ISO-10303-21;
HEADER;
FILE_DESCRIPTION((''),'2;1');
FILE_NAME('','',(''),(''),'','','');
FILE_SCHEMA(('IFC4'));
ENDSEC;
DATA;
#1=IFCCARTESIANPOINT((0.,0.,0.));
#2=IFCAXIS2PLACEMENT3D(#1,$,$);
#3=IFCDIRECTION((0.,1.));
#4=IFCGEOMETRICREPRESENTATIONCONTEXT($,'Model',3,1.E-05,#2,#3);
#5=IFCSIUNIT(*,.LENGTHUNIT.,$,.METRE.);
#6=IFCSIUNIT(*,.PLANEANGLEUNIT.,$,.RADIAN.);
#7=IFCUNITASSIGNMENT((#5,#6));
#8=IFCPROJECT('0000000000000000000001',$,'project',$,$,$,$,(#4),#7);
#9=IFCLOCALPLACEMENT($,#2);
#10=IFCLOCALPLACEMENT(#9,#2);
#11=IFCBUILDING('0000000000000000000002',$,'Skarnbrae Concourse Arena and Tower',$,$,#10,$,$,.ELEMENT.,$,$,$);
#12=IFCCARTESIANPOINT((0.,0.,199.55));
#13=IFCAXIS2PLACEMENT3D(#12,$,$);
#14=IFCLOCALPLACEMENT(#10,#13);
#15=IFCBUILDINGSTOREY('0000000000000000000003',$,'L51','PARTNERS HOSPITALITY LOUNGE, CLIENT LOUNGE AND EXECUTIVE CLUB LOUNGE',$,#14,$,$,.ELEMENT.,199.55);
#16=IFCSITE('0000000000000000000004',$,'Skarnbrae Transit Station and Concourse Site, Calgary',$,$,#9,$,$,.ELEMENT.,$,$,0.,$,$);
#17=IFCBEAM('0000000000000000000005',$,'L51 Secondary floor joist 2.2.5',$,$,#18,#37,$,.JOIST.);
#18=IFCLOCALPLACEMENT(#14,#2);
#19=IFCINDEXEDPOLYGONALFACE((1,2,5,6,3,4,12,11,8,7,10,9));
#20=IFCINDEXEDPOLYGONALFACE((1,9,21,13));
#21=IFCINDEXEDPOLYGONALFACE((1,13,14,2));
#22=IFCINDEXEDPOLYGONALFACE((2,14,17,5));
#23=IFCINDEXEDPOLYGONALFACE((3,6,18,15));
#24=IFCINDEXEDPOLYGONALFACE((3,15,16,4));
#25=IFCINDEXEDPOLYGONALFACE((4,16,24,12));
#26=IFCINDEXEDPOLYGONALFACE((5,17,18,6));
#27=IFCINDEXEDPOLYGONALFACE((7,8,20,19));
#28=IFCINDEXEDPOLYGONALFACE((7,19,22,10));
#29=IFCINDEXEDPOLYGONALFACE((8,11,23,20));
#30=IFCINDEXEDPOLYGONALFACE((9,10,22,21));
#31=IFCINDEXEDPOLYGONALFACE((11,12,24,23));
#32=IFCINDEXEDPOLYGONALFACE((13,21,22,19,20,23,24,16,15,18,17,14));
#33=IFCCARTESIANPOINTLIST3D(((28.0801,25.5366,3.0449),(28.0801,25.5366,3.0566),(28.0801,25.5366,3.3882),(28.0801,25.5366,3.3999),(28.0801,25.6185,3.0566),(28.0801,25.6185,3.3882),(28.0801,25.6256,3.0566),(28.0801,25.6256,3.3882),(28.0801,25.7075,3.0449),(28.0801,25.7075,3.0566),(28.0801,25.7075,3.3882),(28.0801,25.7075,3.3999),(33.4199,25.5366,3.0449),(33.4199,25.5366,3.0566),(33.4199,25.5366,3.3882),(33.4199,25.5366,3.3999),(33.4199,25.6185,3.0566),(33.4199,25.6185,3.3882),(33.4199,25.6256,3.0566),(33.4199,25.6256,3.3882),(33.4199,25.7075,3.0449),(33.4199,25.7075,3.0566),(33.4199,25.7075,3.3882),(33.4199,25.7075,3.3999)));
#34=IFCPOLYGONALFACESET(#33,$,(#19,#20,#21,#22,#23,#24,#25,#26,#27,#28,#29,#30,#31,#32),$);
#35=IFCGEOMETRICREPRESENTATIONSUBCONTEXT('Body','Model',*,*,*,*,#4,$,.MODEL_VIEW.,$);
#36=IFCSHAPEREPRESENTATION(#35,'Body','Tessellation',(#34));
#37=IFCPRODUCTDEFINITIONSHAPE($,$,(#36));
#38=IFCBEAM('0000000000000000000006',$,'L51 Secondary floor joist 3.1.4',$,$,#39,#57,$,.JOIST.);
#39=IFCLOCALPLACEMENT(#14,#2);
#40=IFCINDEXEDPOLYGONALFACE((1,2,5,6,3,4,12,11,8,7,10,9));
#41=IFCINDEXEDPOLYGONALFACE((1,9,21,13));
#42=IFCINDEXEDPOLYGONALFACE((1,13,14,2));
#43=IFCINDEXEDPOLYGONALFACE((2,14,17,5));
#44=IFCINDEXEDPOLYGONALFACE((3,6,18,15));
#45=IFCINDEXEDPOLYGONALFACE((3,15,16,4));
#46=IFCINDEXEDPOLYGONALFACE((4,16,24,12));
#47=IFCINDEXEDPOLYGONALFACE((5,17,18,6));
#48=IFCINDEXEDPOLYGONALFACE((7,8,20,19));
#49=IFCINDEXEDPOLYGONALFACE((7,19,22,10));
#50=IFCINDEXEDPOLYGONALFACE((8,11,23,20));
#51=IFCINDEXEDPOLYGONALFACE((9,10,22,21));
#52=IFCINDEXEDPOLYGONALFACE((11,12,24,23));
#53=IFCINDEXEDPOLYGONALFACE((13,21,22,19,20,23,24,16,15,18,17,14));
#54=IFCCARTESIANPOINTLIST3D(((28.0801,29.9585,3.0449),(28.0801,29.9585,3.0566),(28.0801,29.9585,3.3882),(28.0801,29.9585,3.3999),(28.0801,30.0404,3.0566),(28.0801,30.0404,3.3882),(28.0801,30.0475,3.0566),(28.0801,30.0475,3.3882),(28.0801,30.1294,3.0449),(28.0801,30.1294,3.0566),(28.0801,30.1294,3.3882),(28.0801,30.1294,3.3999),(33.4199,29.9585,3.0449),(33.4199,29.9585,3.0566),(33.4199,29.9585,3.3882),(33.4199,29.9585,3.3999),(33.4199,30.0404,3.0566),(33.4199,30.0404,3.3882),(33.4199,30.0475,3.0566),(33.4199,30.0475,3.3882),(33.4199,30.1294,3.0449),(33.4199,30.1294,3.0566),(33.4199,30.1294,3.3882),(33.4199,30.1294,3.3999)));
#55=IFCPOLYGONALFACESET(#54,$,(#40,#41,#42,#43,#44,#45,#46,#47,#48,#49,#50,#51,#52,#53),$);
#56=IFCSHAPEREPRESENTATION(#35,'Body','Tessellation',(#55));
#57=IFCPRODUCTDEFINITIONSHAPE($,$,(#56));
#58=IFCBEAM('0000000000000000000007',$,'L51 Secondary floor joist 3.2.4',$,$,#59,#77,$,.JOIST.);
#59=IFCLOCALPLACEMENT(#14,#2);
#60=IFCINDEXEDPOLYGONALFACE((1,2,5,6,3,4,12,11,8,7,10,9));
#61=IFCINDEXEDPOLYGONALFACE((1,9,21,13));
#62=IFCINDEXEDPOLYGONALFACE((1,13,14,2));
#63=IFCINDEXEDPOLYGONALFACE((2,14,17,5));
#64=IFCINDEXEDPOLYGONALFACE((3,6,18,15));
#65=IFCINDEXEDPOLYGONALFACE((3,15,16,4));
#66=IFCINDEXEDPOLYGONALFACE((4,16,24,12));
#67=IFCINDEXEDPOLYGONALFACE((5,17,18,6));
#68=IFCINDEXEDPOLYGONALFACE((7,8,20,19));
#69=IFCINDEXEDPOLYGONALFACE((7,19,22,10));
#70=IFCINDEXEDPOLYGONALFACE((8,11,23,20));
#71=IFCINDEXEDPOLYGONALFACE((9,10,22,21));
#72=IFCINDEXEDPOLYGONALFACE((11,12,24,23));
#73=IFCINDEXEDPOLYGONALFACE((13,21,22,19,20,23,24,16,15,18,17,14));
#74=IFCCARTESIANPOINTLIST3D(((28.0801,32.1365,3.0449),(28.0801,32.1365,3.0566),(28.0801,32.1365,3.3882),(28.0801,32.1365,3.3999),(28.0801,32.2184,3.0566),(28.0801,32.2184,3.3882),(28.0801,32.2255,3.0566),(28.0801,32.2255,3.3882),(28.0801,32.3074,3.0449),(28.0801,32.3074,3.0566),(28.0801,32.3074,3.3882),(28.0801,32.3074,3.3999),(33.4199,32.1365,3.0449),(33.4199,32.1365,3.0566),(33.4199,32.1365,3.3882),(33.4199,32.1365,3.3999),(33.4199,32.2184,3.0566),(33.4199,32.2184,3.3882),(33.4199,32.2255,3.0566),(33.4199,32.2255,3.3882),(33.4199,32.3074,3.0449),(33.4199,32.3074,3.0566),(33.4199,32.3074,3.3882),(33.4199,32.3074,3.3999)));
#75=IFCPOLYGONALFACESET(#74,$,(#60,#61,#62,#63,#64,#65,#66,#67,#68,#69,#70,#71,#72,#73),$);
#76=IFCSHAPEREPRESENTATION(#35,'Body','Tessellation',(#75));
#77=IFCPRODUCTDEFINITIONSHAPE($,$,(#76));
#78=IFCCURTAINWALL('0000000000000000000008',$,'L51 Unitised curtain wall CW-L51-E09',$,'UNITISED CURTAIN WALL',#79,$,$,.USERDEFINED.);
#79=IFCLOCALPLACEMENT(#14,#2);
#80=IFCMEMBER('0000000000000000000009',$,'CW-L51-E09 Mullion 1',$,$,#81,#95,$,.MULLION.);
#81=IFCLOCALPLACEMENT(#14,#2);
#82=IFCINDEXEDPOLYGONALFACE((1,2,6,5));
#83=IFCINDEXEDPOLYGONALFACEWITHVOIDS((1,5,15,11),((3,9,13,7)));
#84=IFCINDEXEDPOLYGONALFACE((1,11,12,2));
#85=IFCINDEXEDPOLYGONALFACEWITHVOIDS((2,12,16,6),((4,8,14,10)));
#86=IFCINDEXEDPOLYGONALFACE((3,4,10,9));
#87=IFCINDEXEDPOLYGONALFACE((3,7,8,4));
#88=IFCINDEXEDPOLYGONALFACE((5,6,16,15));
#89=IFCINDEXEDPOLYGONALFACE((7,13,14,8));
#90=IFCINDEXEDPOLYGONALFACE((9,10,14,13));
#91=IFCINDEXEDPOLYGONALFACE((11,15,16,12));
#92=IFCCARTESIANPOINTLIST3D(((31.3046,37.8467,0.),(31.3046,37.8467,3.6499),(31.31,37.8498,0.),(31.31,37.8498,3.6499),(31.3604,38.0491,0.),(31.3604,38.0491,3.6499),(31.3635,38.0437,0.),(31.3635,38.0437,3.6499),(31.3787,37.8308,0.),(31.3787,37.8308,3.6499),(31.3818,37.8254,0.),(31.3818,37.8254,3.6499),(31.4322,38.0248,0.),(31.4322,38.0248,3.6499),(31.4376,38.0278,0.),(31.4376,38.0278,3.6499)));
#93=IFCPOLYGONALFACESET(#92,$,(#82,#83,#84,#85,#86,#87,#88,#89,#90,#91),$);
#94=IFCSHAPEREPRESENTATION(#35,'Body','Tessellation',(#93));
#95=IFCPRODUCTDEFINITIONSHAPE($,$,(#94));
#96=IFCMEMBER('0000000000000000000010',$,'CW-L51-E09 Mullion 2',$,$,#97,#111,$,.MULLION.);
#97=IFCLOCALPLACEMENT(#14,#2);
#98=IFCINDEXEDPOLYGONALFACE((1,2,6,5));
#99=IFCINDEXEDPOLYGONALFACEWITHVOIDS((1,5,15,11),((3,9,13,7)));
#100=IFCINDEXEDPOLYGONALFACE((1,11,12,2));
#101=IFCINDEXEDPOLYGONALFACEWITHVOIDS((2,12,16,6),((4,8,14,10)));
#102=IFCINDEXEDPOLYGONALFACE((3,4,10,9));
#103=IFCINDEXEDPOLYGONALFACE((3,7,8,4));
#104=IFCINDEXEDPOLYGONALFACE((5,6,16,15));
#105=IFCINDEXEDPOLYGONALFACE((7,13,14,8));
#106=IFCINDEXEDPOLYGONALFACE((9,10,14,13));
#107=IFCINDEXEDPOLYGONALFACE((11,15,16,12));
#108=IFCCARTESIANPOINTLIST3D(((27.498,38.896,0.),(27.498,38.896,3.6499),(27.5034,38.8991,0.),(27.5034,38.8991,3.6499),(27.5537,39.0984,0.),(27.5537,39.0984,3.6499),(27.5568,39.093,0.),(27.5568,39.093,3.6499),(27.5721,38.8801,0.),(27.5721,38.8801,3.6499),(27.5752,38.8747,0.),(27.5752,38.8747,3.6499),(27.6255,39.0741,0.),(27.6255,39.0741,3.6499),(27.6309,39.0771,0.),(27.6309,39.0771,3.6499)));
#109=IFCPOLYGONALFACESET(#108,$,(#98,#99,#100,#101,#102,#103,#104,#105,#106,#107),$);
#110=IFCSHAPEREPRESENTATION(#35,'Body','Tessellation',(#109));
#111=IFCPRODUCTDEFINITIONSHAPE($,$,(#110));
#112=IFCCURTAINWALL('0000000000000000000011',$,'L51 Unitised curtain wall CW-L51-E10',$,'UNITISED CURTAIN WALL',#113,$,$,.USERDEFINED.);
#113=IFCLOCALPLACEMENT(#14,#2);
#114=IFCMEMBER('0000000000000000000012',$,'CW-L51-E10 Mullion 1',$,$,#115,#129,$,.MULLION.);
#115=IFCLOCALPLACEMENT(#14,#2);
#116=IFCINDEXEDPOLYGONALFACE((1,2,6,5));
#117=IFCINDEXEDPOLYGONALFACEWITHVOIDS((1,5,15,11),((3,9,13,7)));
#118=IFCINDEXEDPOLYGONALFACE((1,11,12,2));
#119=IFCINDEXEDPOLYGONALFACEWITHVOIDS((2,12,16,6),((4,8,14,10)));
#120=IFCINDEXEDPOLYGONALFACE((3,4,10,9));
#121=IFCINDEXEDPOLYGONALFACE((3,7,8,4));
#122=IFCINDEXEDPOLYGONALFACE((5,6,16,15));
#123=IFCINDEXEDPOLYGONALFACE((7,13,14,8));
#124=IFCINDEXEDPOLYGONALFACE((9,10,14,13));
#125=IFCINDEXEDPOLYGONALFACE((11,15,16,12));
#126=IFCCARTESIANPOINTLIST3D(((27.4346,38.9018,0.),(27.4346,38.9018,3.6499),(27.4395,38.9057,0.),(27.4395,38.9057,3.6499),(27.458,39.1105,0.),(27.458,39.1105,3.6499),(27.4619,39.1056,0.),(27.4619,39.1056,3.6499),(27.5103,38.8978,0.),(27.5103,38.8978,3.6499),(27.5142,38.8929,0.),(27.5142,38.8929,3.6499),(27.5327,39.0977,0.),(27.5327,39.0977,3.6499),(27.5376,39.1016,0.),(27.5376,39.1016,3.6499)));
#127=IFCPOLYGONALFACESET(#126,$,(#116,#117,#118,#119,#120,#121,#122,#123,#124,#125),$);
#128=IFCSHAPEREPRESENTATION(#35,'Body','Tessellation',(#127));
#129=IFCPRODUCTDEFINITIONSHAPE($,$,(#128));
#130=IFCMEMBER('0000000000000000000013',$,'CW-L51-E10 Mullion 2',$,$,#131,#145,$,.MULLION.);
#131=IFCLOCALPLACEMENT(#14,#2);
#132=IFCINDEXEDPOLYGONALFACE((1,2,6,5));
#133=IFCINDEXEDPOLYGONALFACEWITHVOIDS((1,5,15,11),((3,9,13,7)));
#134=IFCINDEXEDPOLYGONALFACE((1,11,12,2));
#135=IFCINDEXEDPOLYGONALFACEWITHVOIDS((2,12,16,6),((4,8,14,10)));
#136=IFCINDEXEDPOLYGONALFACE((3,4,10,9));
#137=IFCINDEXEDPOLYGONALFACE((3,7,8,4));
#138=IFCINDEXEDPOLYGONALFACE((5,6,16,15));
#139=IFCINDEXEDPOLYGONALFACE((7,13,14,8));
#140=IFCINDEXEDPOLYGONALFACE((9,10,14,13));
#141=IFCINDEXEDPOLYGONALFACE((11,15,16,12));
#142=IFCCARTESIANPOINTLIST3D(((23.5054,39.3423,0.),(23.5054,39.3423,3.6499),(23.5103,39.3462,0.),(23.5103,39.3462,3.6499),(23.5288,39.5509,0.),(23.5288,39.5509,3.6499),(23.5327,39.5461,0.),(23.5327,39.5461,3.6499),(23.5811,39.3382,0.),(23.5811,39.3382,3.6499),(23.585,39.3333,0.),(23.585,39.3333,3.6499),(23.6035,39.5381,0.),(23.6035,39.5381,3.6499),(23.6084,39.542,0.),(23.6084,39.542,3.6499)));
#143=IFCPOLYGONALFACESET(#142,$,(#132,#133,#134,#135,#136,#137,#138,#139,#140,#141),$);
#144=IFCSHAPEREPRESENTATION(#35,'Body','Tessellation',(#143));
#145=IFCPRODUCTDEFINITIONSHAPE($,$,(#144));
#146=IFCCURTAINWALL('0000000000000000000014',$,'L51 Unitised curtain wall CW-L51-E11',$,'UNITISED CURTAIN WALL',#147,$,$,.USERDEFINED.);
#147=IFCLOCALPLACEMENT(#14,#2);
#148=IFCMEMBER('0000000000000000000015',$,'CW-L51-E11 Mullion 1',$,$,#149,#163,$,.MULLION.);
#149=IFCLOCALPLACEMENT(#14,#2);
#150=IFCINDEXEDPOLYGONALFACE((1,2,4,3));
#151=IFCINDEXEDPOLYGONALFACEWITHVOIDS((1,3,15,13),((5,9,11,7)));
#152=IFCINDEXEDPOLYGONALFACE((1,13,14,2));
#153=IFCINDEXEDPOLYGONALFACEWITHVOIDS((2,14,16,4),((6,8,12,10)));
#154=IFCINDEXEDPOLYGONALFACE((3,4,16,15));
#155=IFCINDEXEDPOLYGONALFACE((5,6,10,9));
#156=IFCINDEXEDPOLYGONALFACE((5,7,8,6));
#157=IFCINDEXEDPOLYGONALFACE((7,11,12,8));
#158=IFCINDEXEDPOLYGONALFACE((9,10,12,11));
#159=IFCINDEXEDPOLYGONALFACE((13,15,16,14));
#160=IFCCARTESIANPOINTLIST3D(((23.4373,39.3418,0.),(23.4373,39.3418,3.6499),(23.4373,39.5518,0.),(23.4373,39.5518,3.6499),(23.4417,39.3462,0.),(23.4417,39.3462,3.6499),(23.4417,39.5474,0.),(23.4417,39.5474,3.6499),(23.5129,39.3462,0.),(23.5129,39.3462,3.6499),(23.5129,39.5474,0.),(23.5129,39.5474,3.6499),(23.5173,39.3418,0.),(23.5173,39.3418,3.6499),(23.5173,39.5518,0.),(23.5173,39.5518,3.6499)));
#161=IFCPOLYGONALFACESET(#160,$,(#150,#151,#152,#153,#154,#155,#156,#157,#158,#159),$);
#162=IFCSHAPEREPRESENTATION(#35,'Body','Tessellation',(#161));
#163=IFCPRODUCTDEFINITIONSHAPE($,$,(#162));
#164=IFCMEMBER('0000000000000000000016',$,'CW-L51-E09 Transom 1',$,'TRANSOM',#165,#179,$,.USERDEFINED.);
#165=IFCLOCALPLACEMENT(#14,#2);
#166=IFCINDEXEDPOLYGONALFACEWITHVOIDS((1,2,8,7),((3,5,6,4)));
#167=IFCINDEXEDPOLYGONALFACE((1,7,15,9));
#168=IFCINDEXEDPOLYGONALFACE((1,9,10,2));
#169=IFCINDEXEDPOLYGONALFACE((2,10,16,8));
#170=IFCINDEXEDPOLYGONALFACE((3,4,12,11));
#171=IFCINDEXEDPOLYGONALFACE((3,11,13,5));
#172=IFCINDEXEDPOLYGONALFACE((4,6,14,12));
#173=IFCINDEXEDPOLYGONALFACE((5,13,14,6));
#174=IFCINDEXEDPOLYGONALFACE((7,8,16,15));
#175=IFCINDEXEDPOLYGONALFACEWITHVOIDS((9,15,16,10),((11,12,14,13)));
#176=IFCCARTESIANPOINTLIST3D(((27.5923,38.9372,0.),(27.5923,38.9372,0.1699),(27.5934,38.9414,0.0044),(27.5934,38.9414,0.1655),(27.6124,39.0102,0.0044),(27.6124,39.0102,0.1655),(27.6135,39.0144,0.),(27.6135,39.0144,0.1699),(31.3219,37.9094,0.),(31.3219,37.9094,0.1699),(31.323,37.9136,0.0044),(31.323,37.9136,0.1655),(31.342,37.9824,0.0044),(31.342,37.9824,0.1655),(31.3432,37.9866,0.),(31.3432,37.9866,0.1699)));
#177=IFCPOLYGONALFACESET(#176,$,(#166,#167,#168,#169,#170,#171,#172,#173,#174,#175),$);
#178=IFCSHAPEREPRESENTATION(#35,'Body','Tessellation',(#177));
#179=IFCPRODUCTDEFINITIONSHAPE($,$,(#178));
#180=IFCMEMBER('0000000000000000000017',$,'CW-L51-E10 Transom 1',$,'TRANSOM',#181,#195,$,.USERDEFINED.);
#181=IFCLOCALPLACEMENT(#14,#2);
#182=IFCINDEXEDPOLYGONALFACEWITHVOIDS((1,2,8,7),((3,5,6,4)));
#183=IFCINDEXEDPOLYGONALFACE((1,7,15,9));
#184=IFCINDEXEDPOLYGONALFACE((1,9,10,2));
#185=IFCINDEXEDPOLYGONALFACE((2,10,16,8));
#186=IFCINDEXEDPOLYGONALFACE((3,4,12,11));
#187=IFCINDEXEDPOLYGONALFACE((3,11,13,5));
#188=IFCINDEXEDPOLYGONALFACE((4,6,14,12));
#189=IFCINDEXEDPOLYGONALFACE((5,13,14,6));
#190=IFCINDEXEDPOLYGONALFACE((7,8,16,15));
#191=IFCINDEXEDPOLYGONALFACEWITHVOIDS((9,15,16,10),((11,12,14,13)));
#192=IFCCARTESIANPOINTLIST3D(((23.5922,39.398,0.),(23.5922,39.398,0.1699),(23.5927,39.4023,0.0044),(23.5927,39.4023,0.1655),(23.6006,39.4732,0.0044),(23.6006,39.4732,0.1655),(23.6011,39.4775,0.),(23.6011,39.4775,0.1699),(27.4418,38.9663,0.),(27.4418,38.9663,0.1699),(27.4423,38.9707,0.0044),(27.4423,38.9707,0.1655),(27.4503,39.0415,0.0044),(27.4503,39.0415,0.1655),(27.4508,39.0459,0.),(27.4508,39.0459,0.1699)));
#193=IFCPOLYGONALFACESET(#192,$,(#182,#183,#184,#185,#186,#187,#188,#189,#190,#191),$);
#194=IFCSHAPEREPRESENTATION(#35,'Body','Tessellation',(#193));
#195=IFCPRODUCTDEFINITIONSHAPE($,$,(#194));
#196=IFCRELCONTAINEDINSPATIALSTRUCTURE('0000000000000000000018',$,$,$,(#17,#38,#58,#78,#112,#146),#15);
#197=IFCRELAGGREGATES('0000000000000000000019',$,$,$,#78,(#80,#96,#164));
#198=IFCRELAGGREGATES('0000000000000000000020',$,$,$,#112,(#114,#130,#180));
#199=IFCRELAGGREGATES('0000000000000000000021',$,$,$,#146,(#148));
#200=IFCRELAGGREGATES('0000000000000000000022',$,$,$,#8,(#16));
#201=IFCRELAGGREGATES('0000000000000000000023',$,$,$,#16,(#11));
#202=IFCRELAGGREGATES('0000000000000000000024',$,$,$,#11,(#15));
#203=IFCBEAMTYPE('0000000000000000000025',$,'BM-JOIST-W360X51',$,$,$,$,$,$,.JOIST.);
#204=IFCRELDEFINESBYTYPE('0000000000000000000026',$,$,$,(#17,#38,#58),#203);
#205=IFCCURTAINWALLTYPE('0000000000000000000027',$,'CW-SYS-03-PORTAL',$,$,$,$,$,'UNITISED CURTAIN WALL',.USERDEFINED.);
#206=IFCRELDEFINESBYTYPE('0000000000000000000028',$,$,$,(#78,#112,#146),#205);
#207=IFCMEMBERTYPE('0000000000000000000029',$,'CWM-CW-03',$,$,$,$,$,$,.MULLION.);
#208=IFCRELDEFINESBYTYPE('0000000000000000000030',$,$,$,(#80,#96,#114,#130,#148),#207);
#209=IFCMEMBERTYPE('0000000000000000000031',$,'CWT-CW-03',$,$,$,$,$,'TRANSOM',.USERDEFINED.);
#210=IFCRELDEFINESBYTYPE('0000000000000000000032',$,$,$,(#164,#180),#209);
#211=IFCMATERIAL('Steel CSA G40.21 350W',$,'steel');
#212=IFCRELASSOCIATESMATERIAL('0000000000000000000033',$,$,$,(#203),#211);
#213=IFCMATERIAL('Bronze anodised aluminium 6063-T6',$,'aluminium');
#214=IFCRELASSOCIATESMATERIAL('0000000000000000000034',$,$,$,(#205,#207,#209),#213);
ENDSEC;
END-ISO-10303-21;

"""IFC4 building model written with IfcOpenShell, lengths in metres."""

from ifc_helpers import new_model, si_unit, direction, frame, origin, origin_2d, place, context, subcontext, project, spatial, hollow_rectangle, i_section, extrude, source, transform, mapped, material, material_profile, profile_set, type_object, element, aggregate, save


model = new_model("IFC4")

# Units and contexts
model_context = context("Model", 3, precision=1e-05, world=origin(), true_north=direction((0.0, 1.0)))
body_context = subcontext(model_context, "Body", "Model", "MODEL_VIEW")
ifc_project = project(units=[si_unit("LENGTHUNIT", "METRE"), si_unit("PLANEANGLEUNIT", "RADIAN")], contexts=[model_context])

# Site, building, storey
site_placement = place(None, origin())
site = spatial("IfcSite", under=ifc_project, at=site_placement, Name="Skarnbrae Transit Station and Concourse Site, Calgary", CompositionType="ELEMENT", RefElevation=0.0)
building_placement = place(site_placement, origin())
building = spatial("IfcBuilding", under=site, at=building_placement, Name="Skarnbrae Concourse Arena and Tower", CompositionType="ELEMENT")
storey_placement = place(building_placement, frame((0.0, 0.0, 199.55)))
storey = spatial("IfcBuildingStorey", under=building, at=storey_placement, Name="L51", Description="PARTNERS HOSPITALITY LOUNGE, CLIENT LOUNGE AND EXECUTIVE CLUB LOUNGE", CompositionType="ELEMENT", Elevation=199.55)

# Shared definitions
ifc_material_1 = material(Name="Steel CSA G40.21 350W", Category="steel")

# Beams
ifc_material_profile_1 = material_profile(ifc_material_1, i_section(OverallWidth=0.1709, OverallDepth=0.355, WebThickness=0.0071, FlangeThickness=0.0117, at=origin_2d()), Name="W360X51")
ifc_profile_set_1 = profile_set([ifc_material_profile_1], Name="Steel CSA G40.21 350W")
beam_type_1 = type_object("IfcBeamType", Name="BM-JOIST-W360X51", PredefinedType="JOIST", material=ifc_profile_set_1)
shared_shape_1 = source(origin(), body_context, "Body", "SweptSolid", [
    extrude(i_section(OverallWidth=0.1709, OverallDepth=0.355, WebThickness=0.0071, FlangeThickness=0.0117, at=origin_2d()), origin(), (0.0, 0.0, 1.0), 5.3398),
])
for number, where, z_axis, x_axis, name in (
    (1, (28.0801, 25.6221, 3.2224), (1.0, 0.0, 0.0), (0.0, 1.0, 0.0), "L51 Secondary floor joist 2.2.5"),
    (2, (28.0801, 30.0439, 3.2224), (1.0, 0.0, 0.0), (0.0, 1.0, 0.0), "L51 Secondary floor joist 3.1.4"),
    (3, (28.0801, 32.2219, 3.2224), (1.0, 0.0, 0.0), (0.0, 1.0, 0.0), "L51 Secondary floor joist 3.2.4"),
):
    element("IfcBeam", number, at=place(storey_placement, frame(where, z_axis=z_axis, x_axis=x_axis)), inside=storey, type_object=beam_type_1, Name=name, PredefinedType="JOIST", context=body_context, shape_type="MappedRepresentation", body=[
        mapped(shared_shape_1, transform((0.0, 0.0, 0.0))),
    ])

# Curtain walls, members
ifc_material_2 = material(Name="Bronze anodised aluminium 6063-T6", Category="aluminium")
curtain_wall_type = type_object("IfcCurtainWallType", Name="CW-SYS-03-PORTAL", ElementType="UNITISED CURTAIN WALL", PredefinedType="USERDEFINED", material=ifc_material_2)
curtain_wall_1_placement = place(storey_placement, origin())
curtain_wall_1 = element("IfcCurtainWall", 4, at=curtain_wall_1_placement, inside=storey, type_object=curtain_wall_type, Name="L51 Unitised curtain wall CW-L51-E09", ObjectType="UNITISED CURTAIN WALL", PredefinedType="USERDEFINED")
ifc_material_profile_2 = material_profile(ifc_material_2, hollow_rectangle(XDim=0.0801, YDim=0.21, WallThickness=0.0044, at=origin_2d()), Name="ALU-MULL-80X210")
ifc_profile_set_2 = profile_set([ifc_material_profile_2], Name="Bronze anodised aluminium 6063-T6")
member_type_1 = type_object("IfcMemberType", Name="CWM-CW-03", PredefinedType="MULLION", material=ifc_profile_set_2)
shared_shape_2 = source(origin(), body_context, "Body", "SweptSolid", [
    extrude(hollow_rectangle(XDim=0.0801, YDim=0.21, WallThickness=0.0044, at=origin_2d()), origin(), (0.0, 0.0, 1.0), 3.6499),
])
member_1_placement = place(storey_placement, frame((31.3711, 37.9373, 0.0), z_axis=(0.0, 0.0, 1.0), x_axis=(-0.964057, 0.265694, 0.0)))
member_1 = element("IfcMember", 5, at=member_1_placement, type_object=member_type_1, Name="CW-L51-E09 Mullion 1", PredefinedType="MULLION", context=body_context, shape_type="MappedRepresentation", body=[
    mapped(shared_shape_2, transform((0.0, 0.0, 0.0))),
])
member_2_placement = place(storey_placement, frame((27.5645, 38.9866, 0.0), z_axis=(0.0, 0.0, 1.0), x_axis=(-0.964057, 0.265694, 0.0)))
member_2 = element("IfcMember", 6, at=member_2_placement, type_object=member_type_1, Name="CW-L51-E09 Mullion 2", PredefinedType="MULLION", context=body_context, shape_type="MappedRepresentation", body=[
    mapped(shared_shape_2, transform((0.0, 0.0, 0.0))),
])
curtain_wall_2_placement = place(storey_placement, origin())
curtain_wall_2 = element("IfcCurtainWall", 7, at=curtain_wall_2_placement, inside=storey, type_object=curtain_wall_type, Name="L51 Unitised curtain wall CW-L51-E10", ObjectType="UNITISED CURTAIN WALL", PredefinedType="USERDEFINED")
member_3_placement = place(storey_placement, frame((27.4861, 39.0017, 0.0), z_axis=(0.0, 0.0, 1.0), x_axis=(-0.993769, 0.11146, 0.0)))
member_3 = element("IfcMember", 8, at=member_3_placement, type_object=member_type_1, Name="CW-L51-E10 Mullion 1", PredefinedType="MULLION", context=body_context, shape_type="MappedRepresentation", body=[
    mapped(shared_shape_2, transform((0.0, 0.0, 0.0))),
])
member_4_placement = place(storey_placement, frame((23.5569, 39.4421, 0.0), z_axis=(0.0, 0.0, 1.0), x_axis=(-0.993769, 0.11146, 0.0)))
member_4 = element("IfcMember", 9, at=member_4_placement, type_object=member_type_1, Name="CW-L51-E10 Mullion 2", PredefinedType="MULLION", context=body_context, shape_type="MappedRepresentation", body=[
    mapped(shared_shape_2, transform((0.0, 0.0, 0.0))),
])

# Curtain wall, member
curtain_wall_3_placement = place(storey_placement, origin())
curtain_wall_3 = element("IfcCurtainWall", 10, at=curtain_wall_3_placement, inside=storey, type_object=curtain_wall_type, Name="L51 Unitised curtain wall CW-L51-E11", ObjectType="UNITISED CURTAIN WALL", PredefinedType="USERDEFINED")
member_5_placement = place(storey_placement, frame((23.4773, 39.4468, 0.0), z_axis=(0.0, 0.0, 1.0), x_axis=(-1.0, 0.0, 0.0)))
member_5 = element("IfcMember", 11, at=member_5_placement, type_object=member_type_1, Name="CW-L51-E11 Mullion 1", PredefinedType="MULLION", context=body_context, shape_type="MappedRepresentation", body=[
    mapped(shared_shape_2, transform((0.0, 0.0, 0.0))),
])

# Members
ifc_material_profile_3 = material_profile(ifc_material_2, hollow_rectangle(XDim=0.0801, YDim=0.1699, WallThickness=0.0044, at=origin_2d()), Name="ALU-TRAN-80X170")
ifc_profile_set_3 = profile_set([ifc_material_profile_3], Name="Bronze anodised aluminium 6063-T6")
member_type_2 = type_object("IfcMemberType", Name="CWT-CW-03", ElementType="TRANSOM", PredefinedType="USERDEFINED", material=ifc_profile_set_3)
shared_shape_3 = source(origin(), body_context, "Body", "SweptSolid", [
    extrude(hollow_rectangle(XDim=0.0801, YDim=0.1699, WallThickness=0.0044, at=origin_2d()), origin(), (0.0, 0.0, 1.0), 3.8687),
])
member_6_placement = place(storey_placement, frame((31.3325, 37.948, 0.085), z_axis=(-0.964063, 0.265674, 0.0), x_axis=(-0.265674, -0.964063, 0.0)))
member_6 = element("IfcMember", 12, at=member_6_placement, type_object=member_type_2, Name="CW-L51-E09 Transom 1", ObjectType="TRANSOM", PredefinedType="USERDEFINED", context=body_context, shape_type="MappedRepresentation", body=[
    mapped(shared_shape_3, transform((0.0, 0.0, 0.0))),
])
shared_shape_4 = source(origin(), body_context, "Body", "SweptSolid", [
    extrude(hollow_rectangle(XDim=0.0801, YDim=0.1699, WallThickness=0.0044, at=origin_2d()), origin(), (0.0, 0.0, 1.0), 3.8738),
])
member_7_placement = place(storey_placement, frame((27.4463, 39.0061, 0.085), z_axis=(-0.993773, 0.111428, 0.0), x_axis=(-0.111428, -0.993773, 0.0)))
member_7 = element("IfcMember", 13, at=member_7_placement, type_object=member_type_2, Name="CW-L51-E10 Transom 1", ObjectType="TRANSOM", PredefinedType="USERDEFINED", context=body_context, shape_type="MappedRepresentation", body=[
    mapped(shared_shape_4, transform((0.0, 0.0, 0.0))),
])

aggregate(curtain_wall_1, [member_1, member_2, member_6])
aggregate(curtain_wall_2, [member_3, member_4, member_7])
aggregate(curtain_wall_3, [member_5])

save(model, "model.ifc")
